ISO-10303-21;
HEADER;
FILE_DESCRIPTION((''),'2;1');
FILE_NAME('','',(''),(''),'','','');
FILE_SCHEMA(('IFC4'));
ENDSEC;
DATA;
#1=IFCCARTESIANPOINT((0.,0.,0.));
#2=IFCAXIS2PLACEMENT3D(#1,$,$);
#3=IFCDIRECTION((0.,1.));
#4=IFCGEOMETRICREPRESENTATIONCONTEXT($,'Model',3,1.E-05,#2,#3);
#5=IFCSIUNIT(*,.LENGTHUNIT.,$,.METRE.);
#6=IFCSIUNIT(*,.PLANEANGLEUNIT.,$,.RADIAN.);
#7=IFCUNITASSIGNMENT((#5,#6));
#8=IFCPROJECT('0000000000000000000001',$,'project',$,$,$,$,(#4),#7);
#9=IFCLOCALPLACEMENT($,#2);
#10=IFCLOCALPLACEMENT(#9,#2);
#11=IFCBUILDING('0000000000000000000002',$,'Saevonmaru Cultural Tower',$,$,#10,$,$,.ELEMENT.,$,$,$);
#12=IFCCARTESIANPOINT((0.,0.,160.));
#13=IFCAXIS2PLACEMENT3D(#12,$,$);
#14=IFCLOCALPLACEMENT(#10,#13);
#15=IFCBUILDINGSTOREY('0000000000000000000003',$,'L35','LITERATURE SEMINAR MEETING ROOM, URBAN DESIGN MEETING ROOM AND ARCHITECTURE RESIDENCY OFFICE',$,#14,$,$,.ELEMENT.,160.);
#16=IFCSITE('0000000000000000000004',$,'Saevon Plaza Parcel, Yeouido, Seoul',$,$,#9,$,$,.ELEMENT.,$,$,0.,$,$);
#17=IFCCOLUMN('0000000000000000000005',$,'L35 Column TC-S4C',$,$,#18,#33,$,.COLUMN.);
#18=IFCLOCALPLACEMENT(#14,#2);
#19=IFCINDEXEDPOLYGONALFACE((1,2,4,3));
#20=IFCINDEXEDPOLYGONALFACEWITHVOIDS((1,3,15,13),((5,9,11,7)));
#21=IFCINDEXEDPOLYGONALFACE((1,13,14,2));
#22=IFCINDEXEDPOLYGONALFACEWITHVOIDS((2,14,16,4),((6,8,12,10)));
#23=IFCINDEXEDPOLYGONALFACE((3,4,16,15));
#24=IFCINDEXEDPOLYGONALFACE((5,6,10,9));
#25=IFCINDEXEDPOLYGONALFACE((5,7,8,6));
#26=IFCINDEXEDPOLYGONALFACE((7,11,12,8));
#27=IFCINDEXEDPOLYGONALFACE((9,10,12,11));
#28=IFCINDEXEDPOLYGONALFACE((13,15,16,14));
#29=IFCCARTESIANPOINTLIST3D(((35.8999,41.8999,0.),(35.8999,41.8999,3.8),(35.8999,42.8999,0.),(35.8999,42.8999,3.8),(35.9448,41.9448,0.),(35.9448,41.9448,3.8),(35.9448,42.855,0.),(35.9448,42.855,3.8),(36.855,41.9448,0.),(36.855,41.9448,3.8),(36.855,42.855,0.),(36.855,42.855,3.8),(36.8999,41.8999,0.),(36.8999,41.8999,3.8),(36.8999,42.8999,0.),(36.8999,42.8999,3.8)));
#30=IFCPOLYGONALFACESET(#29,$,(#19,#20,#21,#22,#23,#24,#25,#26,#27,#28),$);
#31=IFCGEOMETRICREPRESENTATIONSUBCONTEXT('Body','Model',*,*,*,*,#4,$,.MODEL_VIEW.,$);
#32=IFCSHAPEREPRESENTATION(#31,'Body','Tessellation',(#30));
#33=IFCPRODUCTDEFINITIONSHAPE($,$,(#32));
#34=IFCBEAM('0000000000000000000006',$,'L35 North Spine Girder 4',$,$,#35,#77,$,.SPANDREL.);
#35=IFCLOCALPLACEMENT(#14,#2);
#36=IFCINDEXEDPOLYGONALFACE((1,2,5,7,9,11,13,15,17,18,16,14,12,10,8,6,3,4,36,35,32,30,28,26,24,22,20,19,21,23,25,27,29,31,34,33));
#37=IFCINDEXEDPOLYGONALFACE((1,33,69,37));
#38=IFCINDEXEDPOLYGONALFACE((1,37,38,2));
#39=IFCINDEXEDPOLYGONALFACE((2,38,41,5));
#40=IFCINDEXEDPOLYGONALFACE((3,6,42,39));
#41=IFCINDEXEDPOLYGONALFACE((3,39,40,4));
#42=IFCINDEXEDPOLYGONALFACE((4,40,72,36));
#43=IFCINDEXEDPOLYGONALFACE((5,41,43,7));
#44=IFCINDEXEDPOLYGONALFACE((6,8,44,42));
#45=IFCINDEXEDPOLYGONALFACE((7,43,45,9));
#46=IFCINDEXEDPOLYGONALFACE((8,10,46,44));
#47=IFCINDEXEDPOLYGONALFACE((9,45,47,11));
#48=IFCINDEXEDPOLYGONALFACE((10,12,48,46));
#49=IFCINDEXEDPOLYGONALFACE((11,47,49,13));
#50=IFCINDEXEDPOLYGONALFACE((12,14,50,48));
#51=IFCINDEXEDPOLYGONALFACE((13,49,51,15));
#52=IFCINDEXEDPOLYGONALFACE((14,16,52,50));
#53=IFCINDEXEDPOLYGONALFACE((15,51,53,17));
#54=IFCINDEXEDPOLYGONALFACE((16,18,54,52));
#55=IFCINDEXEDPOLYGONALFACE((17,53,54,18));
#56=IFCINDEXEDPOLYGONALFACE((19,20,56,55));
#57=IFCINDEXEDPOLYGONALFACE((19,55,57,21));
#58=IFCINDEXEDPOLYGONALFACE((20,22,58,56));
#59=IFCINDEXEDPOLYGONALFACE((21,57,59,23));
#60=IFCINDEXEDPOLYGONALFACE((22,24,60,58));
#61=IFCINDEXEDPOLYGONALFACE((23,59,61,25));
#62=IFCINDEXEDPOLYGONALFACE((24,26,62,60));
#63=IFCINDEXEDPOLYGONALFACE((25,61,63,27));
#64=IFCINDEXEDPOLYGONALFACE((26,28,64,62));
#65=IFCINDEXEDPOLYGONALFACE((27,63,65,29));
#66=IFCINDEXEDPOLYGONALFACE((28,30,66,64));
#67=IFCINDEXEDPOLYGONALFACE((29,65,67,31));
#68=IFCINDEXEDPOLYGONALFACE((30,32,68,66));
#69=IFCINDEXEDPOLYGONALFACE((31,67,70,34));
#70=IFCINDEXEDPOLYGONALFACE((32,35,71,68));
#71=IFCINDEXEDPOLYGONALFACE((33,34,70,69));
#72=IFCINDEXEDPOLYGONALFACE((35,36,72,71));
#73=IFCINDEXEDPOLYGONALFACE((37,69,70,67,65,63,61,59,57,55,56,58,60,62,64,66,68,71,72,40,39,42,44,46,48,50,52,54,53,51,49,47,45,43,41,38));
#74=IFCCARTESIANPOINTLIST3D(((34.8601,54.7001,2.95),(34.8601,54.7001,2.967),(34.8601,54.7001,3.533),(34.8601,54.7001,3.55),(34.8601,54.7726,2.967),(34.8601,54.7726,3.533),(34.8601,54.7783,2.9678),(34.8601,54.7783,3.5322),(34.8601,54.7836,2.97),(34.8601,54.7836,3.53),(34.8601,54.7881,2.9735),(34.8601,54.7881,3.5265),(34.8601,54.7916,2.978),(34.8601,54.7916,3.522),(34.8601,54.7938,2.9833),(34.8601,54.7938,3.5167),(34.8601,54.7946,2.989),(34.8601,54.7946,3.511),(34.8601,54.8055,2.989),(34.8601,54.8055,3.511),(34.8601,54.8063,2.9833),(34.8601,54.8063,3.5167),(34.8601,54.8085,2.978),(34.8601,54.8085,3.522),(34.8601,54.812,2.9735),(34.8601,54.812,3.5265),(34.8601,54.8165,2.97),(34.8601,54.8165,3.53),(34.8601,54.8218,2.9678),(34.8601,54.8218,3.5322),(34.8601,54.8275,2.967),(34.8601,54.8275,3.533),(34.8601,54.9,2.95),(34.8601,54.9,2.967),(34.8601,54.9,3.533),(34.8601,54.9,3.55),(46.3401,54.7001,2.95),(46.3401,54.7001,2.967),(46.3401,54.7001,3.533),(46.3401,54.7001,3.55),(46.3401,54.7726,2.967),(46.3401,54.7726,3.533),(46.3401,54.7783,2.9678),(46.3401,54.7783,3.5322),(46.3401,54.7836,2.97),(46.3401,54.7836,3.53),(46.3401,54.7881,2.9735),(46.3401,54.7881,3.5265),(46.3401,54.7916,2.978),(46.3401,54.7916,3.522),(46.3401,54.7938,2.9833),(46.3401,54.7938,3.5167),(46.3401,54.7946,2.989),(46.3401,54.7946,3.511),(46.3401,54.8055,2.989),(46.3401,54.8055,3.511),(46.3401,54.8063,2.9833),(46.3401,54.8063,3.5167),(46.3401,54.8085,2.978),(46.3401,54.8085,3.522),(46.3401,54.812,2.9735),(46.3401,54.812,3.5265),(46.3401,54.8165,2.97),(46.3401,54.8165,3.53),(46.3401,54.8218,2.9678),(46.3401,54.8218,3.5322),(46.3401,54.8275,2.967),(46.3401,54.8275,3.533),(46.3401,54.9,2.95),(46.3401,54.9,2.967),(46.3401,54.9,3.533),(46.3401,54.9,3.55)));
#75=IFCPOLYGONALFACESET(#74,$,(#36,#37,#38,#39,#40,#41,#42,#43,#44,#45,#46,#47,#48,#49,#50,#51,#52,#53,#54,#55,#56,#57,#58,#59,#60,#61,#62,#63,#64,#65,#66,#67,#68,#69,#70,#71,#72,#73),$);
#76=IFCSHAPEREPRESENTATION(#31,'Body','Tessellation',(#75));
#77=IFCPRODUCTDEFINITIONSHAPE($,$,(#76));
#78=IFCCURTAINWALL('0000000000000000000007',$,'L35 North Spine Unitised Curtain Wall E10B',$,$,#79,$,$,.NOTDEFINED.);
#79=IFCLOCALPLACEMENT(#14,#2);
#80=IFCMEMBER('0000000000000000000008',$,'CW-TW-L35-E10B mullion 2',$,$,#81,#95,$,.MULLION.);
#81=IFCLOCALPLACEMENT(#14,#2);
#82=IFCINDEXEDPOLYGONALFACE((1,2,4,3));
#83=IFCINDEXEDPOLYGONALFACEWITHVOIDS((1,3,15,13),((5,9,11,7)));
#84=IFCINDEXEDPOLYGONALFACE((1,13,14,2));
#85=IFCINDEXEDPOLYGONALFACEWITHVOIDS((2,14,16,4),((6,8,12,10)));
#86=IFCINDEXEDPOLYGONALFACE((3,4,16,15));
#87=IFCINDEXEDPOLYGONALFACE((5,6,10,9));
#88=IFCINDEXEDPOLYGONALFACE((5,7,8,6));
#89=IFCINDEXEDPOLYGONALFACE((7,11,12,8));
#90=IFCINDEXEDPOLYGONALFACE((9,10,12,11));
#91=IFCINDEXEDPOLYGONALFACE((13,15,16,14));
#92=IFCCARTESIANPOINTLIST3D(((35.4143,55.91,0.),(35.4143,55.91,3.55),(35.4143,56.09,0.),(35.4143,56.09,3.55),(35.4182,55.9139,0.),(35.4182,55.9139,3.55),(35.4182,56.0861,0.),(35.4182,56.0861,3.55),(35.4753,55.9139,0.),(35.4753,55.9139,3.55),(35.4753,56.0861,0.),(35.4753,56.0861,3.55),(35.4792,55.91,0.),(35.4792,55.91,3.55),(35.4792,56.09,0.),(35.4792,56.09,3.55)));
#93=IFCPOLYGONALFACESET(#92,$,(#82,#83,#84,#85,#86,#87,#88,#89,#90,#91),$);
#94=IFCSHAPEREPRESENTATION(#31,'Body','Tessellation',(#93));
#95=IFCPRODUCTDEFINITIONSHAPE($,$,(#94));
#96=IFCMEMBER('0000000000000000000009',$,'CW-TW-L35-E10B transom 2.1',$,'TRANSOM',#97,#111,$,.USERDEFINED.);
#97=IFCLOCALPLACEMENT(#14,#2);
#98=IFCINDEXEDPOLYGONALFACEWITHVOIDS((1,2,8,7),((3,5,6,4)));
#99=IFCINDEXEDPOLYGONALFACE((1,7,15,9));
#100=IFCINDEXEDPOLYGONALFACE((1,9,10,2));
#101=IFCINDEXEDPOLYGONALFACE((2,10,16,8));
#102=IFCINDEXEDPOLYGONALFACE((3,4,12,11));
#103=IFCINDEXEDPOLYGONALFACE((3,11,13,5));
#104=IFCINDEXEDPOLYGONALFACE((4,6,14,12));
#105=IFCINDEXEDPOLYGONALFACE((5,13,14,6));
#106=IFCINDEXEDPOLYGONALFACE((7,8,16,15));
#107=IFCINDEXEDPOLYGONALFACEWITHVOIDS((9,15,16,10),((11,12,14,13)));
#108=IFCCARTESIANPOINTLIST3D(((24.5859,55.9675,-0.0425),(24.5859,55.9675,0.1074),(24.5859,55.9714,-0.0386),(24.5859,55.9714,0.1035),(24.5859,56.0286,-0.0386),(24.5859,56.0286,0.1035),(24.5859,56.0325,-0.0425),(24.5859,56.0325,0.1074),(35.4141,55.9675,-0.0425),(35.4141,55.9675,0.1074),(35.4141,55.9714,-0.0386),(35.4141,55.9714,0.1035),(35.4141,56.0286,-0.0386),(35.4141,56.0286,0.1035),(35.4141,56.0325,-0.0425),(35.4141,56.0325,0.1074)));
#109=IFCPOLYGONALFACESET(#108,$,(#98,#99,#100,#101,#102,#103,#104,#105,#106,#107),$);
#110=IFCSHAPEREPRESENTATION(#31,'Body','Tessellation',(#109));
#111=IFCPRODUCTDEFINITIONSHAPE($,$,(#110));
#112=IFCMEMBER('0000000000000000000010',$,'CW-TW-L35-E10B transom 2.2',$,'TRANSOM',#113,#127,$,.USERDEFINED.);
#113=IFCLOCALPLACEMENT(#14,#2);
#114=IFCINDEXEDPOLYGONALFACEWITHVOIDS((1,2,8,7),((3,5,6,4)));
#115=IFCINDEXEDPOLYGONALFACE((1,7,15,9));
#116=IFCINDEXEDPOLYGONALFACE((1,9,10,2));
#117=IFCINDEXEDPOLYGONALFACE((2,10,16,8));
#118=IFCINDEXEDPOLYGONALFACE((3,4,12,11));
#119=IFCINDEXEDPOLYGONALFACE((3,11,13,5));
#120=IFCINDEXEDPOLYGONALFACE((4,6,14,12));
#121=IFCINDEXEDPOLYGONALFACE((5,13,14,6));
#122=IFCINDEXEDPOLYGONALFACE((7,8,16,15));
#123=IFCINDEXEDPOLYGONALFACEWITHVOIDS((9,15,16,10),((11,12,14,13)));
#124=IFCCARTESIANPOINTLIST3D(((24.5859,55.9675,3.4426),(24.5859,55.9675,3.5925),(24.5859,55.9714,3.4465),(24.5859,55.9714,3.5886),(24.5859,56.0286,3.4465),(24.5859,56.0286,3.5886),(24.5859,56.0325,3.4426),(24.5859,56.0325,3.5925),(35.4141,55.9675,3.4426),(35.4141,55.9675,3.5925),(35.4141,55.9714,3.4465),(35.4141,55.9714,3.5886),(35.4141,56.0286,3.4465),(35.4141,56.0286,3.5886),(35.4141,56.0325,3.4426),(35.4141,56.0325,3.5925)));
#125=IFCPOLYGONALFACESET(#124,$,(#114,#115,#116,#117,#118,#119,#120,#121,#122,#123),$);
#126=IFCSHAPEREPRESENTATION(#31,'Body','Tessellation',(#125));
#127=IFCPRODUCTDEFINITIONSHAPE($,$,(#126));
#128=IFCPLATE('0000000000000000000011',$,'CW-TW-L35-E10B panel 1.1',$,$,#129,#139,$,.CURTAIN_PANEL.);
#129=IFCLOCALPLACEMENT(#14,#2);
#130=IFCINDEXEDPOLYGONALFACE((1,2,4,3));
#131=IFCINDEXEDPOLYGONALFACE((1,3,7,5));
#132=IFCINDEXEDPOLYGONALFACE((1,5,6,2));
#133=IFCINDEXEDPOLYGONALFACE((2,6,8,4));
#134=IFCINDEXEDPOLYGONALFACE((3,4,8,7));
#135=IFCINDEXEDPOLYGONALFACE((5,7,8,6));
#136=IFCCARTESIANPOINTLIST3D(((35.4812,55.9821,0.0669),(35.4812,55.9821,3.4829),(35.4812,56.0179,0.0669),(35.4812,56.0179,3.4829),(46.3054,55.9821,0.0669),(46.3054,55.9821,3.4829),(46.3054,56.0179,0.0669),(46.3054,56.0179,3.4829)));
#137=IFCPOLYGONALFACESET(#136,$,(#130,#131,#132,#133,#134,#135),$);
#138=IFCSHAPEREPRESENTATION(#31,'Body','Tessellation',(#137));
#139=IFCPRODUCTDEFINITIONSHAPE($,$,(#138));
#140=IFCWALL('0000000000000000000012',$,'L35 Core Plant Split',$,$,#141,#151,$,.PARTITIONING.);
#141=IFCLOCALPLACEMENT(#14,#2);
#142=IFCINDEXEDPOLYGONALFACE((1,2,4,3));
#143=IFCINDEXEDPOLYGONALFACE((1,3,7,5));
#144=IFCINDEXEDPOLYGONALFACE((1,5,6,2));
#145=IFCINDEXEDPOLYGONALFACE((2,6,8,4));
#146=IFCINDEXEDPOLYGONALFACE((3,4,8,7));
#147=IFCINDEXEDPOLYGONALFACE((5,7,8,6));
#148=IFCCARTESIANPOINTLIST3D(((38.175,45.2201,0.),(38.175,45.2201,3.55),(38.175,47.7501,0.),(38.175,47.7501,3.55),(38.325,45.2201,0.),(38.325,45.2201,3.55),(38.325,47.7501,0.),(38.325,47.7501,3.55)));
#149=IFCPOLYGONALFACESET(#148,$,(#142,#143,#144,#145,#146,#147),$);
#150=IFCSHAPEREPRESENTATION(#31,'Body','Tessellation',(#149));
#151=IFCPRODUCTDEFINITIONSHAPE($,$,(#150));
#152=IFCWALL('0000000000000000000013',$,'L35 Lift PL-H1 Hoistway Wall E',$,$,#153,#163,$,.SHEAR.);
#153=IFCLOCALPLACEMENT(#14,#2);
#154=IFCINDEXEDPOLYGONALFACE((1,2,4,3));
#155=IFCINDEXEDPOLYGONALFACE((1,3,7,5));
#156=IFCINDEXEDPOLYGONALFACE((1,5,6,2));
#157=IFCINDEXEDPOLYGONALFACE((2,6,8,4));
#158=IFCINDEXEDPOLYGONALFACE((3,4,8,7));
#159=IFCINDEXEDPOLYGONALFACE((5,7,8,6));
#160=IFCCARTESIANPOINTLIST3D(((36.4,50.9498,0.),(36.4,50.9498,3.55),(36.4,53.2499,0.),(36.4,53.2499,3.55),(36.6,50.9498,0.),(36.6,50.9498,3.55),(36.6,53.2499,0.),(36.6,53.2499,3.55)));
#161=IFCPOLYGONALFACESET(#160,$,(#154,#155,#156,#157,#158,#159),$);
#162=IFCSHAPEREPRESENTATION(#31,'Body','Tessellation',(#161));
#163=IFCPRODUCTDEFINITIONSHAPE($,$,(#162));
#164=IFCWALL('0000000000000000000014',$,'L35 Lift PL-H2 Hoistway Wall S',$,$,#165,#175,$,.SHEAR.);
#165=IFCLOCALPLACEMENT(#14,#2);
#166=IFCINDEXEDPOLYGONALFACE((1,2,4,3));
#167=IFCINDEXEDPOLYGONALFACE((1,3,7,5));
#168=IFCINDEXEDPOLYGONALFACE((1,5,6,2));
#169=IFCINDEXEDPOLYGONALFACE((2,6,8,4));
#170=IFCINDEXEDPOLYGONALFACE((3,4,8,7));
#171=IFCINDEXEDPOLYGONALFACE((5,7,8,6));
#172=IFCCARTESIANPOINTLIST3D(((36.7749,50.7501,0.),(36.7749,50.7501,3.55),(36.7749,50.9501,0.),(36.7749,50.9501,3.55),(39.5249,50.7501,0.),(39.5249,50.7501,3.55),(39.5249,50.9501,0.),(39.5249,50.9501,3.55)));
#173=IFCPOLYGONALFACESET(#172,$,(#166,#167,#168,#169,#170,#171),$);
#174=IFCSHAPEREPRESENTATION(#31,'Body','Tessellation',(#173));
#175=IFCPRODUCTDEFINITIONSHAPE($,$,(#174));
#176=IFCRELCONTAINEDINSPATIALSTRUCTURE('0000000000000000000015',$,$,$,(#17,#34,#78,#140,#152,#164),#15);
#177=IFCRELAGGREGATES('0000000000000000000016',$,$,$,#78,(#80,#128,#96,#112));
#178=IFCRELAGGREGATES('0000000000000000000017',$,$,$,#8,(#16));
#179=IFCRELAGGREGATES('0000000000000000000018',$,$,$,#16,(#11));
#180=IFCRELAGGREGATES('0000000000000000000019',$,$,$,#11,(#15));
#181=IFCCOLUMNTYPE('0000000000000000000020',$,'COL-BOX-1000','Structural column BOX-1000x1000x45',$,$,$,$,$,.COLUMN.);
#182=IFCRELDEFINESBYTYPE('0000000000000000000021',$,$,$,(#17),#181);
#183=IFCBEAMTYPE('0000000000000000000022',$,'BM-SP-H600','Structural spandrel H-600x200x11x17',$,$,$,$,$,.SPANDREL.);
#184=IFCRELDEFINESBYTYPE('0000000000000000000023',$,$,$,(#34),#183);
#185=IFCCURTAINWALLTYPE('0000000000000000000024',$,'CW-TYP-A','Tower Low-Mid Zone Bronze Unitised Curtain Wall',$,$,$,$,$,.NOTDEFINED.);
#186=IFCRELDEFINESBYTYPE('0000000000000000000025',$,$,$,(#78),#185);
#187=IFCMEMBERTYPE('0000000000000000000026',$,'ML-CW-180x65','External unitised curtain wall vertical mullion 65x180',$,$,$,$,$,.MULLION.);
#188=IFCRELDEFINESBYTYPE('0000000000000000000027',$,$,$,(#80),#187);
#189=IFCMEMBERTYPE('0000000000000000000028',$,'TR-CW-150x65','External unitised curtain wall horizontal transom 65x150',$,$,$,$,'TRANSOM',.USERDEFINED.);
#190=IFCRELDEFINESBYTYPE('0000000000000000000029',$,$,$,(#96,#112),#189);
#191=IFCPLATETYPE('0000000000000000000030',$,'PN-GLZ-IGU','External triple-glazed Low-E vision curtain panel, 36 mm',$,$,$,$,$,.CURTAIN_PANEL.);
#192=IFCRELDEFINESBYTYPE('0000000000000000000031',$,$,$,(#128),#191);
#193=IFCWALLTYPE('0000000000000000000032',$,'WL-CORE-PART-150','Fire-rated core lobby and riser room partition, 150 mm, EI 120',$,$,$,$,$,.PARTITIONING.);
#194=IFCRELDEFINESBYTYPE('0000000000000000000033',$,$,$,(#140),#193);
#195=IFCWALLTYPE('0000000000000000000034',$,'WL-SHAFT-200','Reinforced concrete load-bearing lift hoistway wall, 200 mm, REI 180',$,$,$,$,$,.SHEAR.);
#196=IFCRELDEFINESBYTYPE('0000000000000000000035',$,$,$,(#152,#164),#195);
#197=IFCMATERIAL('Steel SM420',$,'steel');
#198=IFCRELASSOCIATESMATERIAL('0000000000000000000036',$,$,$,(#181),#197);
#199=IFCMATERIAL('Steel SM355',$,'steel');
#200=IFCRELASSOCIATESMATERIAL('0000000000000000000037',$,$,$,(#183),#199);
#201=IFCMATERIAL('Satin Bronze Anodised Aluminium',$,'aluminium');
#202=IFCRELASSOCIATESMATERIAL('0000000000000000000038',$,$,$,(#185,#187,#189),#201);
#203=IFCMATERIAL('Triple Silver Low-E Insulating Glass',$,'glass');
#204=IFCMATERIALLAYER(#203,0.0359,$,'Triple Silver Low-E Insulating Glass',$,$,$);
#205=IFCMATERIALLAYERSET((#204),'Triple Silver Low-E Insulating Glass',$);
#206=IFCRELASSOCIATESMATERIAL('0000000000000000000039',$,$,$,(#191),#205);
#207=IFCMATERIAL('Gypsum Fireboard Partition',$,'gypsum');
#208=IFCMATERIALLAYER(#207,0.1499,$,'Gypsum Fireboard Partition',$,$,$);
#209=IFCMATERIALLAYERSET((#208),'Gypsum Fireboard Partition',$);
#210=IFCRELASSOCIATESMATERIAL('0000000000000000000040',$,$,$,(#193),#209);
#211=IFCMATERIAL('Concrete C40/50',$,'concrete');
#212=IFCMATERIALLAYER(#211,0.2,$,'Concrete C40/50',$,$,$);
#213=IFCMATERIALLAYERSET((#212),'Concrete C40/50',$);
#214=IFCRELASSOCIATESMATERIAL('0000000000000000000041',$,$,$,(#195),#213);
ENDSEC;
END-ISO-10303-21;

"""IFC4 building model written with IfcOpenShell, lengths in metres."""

from ifc_helpers import new_model, si_unit, direction, frame, frame_2d, origin, origin_2d, place, context, subcontext, project, spatial, rectangle, hollow_rectangle, i_section, extrude, material, layer, layer_set, material_profile, profile_set, type_object, element, aggregate, save


model = new_model("IFC4")

# Units and contexts
model_context = context("Model", 3, precision=1e-05, world=origin(), true_north=direction((0.0, 1.0)))
body_context = subcontext(model_context, "Body", "Model", "MODEL_VIEW")
ifc_project = project(units=[si_unit("LENGTHUNIT", "METRE"), si_unit("PLANEANGLEUNIT", "RADIAN")], contexts=[model_context])

# Site, building, storey
site_placement = place(None, origin())
site = spatial("IfcSite", under=ifc_project, at=site_placement, Name="Saevon Plaza Parcel, Yeouido, Seoul", CompositionType="ELEMENT", RefElevation=0.0)
building_placement = place(site_placement, origin())
building = spatial("IfcBuilding", under=site, at=building_placement, Name="Saevonmaru Cultural Tower", CompositionType="ELEMENT")
storey_placement = place(building_placement, frame((0.0, 0.0, 160.0)))
storey = spatial("IfcBuildingStorey", under=building, at=storey_placement, Name="L35", Description="LITERATURE SEMINAR MEETING ROOM, URBAN DESIGN MEETING ROOM AND ARCHITECTURE RESIDENCY OFFICE", CompositionType="ELEMENT", Elevation=160.0)

# Column
ifc_material_1 = material(Name="Steel SM420", Category="steel")
ifc_material_profile_1 = material_profile(ifc_material_1, hollow_rectangle(XDim=1.0, YDim=1.0, WallThickness=0.0449, at=origin_2d()), Name="BOX-1000x1000x45")
ifc_profile_set_1 = profile_set([ifc_material_profile_1], Name="Steel SM420")
column_type = type_object("IfcColumnType", Name="COL-BOX-1000", Description="Structural column BOX-1000x1000x45", PredefinedType="COLUMN", material=ifc_profile_set_1)
column_placement = place(storey_placement, frame((36.3999, 42.3999, 0.0), z_axis=(0.0, 0.0, 1.0), x_axis=(1.0, 0.0, 0.0)))
element("IfcColumn", 1, at=column_placement, inside=storey, type_object=column_type, Name="L35 Column TC-S4C", PredefinedType="COLUMN", context=body_context, shape_type="SweptSolid", body=[
    extrude(hollow_rectangle(XDim=1.0, YDim=1.0, WallThickness=0.0449, at=origin_2d()), origin(), (0.0, 0.0, 1.0), 3.8),
])

# Beam
ifc_material_2 = material(Name="Steel SM355", Category="steel")
ifc_material_profile_2 = material_profile(ifc_material_2, i_section(OverallWidth=0.2, OverallDepth=0.6001, WebThickness=0.011, FlangeThickness=0.0171, FilletRadius=0.022, at=origin_2d()), Name="H-600x200x11x17")
ifc_profile_set_2 = profile_set([ifc_material_profile_2], Name="Steel SM355")
beam_type = type_object("IfcBeamType", Name="BM-SP-H600", Description="Structural spandrel H-600x200x11x17", PredefinedType="SPANDREL", material=ifc_profile_set_2)
beam_placement = place(storey_placement, frame((34.8601, 54.8, 3.25), z_axis=(1.0, 0.0, 0.0), x_axis=(0.0, 1.0, 0.0)))
element("IfcBeam", 2, at=beam_placement, inside=storey, type_object=beam_type, Name="L35 North Spine Girder 4", PredefinedType="SPANDREL", context=body_context, shape_type="SweptSolid", body=[
    extrude(i_section(OverallWidth=0.2, OverallDepth=0.6001, WebThickness=0.011, FlangeThickness=0.0171, FilletRadius=0.022, at=origin_2d()), origin(), (0.0, 0.0, 1.0), 11.48),
])

# Curtain wall, members, plate
ifc_material_3 = material(Name="Satin Bronze Anodised Aluminium", Category="aluminium")
curtain_wall_type = type_object("IfcCurtainWallType", Name="CW-TYP-A", Description="Tower Low-Mid Zone Bronze Unitised Curtain Wall", PredefinedType="NOTDEFINED", material=ifc_material_3)
curtain_wall_placement = place(storey_placement, origin())
curtain_wall = element("IfcCurtainWall", 3, at=curtain_wall_placement, inside=storey, type_object=curtain_wall_type, Name="L35 North Spine Unitised Curtain Wall E10B", PredefinedType="NOTDEFINED")
ifc_material_profile_3 = material_profile(ifc_material_3, hollow_rectangle(XDim=0.0649, YDim=0.1799, WallThickness=0.0039, at=origin_2d()), Name="ALU-MULL-180x65x4")
ifc_profile_set_3 = profile_set([ifc_material_profile_3], Name="Satin Bronze Anodised Aluminium")
member_type_1 = type_object("IfcMemberType", Name="ML-CW-180x65", Description="External unitised curtain wall vertical mullion 65x180", PredefinedType="MULLION", material=ifc_profile_set_3)
member_1_placement = place(storey_placement, frame((35.4468, 56.0, 0.0), z_axis=(0.0, 0.0, 1.0), x_axis=(-1.0, 0.0, 0.0)))
member_1 = element("IfcMember", 4, at=member_1_placement, type_object=member_type_1, Name="CW-TW-L35-E10B mullion 2", PredefinedType="MULLION", context=body_context, shape_type="SweptSolid", body=[
    extrude(hollow_rectangle(XDim=0.0649, YDim=0.1799, WallThickness=0.0039, at=origin_2d()), origin(), (0.0, 0.0, 1.0), 3.55),
])
ifc_material_profile_4 = material_profile(ifc_material_3, hollow_rectangle(XDim=0.0649, YDim=0.1499, WallThickness=0.0039, at=origin_2d()), Name="ALU-TRAN-150x65x4")
ifc_profile_set_4 = profile_set([ifc_material_profile_4], Name="Satin Bronze Anodised Aluminium")
member_type_2 = type_object("IfcMemberType", Name="TR-CW-150x65", Description="External unitised curtain wall horizontal transom 65x150", ElementType="TRANSOM", PredefinedType="USERDEFINED", material=ifc_profile_set_4)
member_2_placement = place(storey_placement, frame((35.4141, 56.0, 0.0325), z_axis=(-1.0, 0.0, 0.0), x_axis=(0.0, -1.0, 0.0)))
member_2 = element("IfcMember", 5, at=member_2_placement, type_object=member_type_2, Name="CW-TW-L35-E10B transom 2.1", ObjectType="TRANSOM", PredefinedType="USERDEFINED", context=body_context, shape_type="SweptSolid", body=[
    extrude(hollow_rectangle(XDim=0.0649, YDim=0.1499, WallThickness=0.0039, at=origin_2d()), origin(), (0.0, 0.0, 1.0), 10.8281),
])
member_3_placement = place(storey_placement, frame((35.4141, 56.0, 3.5176), z_axis=(-1.0, 0.0, 0.0), x_axis=(0.0, -1.0, 0.0)))
member_3 = element("IfcMember", 6, at=member_3_placement, type_object=member_type_2, Name="CW-TW-L35-E10B transom 2.2", ObjectType="TRANSOM", PredefinedType="USERDEFINED", context=body_context, shape_type="SweptSolid", body=[
    extrude(hollow_rectangle(XDim=0.0649, YDim=0.1499, WallThickness=0.0039, at=origin_2d()), origin(), (0.0, 0.0, 1.0), 10.8281),
])
ifc_material_4 = material(Name="Triple Silver Low-E Insulating Glass", Category="glass")
ifc_layer_1 = layer(ifc_material_4, 0.0359, Name="Triple Silver Low-E Insulating Glass")
ifc_layer_set_1 = layer_set([ifc_layer_1], Name="Triple Silver Low-E Insulating Glass")
plate_type = type_object("IfcPlateType", Name="PN-GLZ-IGU", Description="External triple-glazed Low-E vision curtain panel, 36 mm", PredefinedType="CURTAIN_PANEL", material=ifc_layer_set_1)
plate_placement = place(storey_placement, frame((40.8933, 56.0, 0.0669), z_axis=(0.0, 0.0, 1.0), x_axis=(-1.0, 0.0, 0.0)))
plate = element("IfcPlate", 7, at=plate_placement, type_object=plate_type, Name="CW-TW-L35-E10B panel 1.1", PredefinedType="CURTAIN_PANEL", context=body_context, shape_type="SweptSolid", body=[
    extrude(rectangle(XDim=10.8242, YDim=0.0359, at=origin_2d()), origin(), (0.0, 0.0, 1.0), 3.416),
])
aggregate(curtain_wall, [member_1, plate, member_2, member_3])

# Walls
ifc_material_5 = material(Name="Gypsum Fireboard Partition", Category="gypsum")
ifc_layer_2 = layer(ifc_material_5, 0.1499, Name="Gypsum Fireboard Partition")
ifc_layer_set_2 = layer_set([ifc_layer_2], Name="Gypsum Fireboard Partition")
wall_type_1 = type_object("IfcWallType", Name="WL-CORE-PART-150", Description="Fire-rated core lobby and riser room partition, 150 mm, EI 120", PredefinedType="PARTITIONING", material=ifc_layer_set_2)
wall_1_placement = place(storey_placement, frame((38.25, 45.22, 0.0), z_axis=(0.0, 0.0, 1.0), x_axis=(0.0, 1.0, 0.0)))
element("IfcWall", 8, at=wall_1_placement, inside=storey, type_object=wall_type_1, Name="L35 Core Plant Split", PredefinedType="PARTITIONING", context=body_context, shape_type="SweptSolid", body=[
    extrude(rectangle(XDim=2.53, YDim=0.1499, at=frame_2d((1.2651, 0.0))), origin(), (0.0, 0.0, 1.0), 3.55),
])
ifc_material_6 = material(Name="Concrete C40/50", Category="concrete")
ifc_layer_3 = layer(ifc_material_6, 0.2, Name="Concrete C40/50")
ifc_layer_set_3 = layer_set([ifc_layer_3], Name="Concrete C40/50")
wall_type_2 = type_object("IfcWallType", Name="WL-SHAFT-200", Description="Reinforced concrete load-bearing lift hoistway wall, 200 mm, REI 180", PredefinedType="SHEAR", material=ifc_layer_set_3)
wall_2_placement = place(storey_placement, frame((36.5, 50.95, 0.0), z_axis=(0.0, 0.0, 1.0), x_axis=(0.0, 1.0, 0.0)))
element("IfcWall", 9, at=wall_2_placement, inside=storey, type_object=wall_type_2, Name="L35 Lift PL-H1 Hoistway Wall E", PredefinedType="SHEAR", context=body_context, shape_type="SweptSolid", body=[
    extrude(rectangle(XDim=2.3, YDim=0.2, at=frame_2d((1.1499, 0.0))), origin(), (0.0, 0.0, 1.0), 3.55),
])
for number, where, z_axis, x_axis, name in (
    (10, (36.7749, 50.8501, 0.0), (0.0, 0.0, 1.0), (1.0, 0.0, 0.0), "L35 Lift PL-H2 Hoistway Wall S"),
):
    element("IfcWall", number, at=place(storey_placement, frame(where, z_axis=z_axis, x_axis=x_axis)), inside=storey, type_object=wall_type_2, Name=name, PredefinedType="SHEAR", context=body_context, shape_type="SweptSolid", body=[
        extrude(rectangle(XDim=2.75, YDim=0.2, at=frame_2d((1.375, 0.0))), origin(), (0.0, 0.0, 1.0), 3.55),
    ])

save(model, "model.ifc")
